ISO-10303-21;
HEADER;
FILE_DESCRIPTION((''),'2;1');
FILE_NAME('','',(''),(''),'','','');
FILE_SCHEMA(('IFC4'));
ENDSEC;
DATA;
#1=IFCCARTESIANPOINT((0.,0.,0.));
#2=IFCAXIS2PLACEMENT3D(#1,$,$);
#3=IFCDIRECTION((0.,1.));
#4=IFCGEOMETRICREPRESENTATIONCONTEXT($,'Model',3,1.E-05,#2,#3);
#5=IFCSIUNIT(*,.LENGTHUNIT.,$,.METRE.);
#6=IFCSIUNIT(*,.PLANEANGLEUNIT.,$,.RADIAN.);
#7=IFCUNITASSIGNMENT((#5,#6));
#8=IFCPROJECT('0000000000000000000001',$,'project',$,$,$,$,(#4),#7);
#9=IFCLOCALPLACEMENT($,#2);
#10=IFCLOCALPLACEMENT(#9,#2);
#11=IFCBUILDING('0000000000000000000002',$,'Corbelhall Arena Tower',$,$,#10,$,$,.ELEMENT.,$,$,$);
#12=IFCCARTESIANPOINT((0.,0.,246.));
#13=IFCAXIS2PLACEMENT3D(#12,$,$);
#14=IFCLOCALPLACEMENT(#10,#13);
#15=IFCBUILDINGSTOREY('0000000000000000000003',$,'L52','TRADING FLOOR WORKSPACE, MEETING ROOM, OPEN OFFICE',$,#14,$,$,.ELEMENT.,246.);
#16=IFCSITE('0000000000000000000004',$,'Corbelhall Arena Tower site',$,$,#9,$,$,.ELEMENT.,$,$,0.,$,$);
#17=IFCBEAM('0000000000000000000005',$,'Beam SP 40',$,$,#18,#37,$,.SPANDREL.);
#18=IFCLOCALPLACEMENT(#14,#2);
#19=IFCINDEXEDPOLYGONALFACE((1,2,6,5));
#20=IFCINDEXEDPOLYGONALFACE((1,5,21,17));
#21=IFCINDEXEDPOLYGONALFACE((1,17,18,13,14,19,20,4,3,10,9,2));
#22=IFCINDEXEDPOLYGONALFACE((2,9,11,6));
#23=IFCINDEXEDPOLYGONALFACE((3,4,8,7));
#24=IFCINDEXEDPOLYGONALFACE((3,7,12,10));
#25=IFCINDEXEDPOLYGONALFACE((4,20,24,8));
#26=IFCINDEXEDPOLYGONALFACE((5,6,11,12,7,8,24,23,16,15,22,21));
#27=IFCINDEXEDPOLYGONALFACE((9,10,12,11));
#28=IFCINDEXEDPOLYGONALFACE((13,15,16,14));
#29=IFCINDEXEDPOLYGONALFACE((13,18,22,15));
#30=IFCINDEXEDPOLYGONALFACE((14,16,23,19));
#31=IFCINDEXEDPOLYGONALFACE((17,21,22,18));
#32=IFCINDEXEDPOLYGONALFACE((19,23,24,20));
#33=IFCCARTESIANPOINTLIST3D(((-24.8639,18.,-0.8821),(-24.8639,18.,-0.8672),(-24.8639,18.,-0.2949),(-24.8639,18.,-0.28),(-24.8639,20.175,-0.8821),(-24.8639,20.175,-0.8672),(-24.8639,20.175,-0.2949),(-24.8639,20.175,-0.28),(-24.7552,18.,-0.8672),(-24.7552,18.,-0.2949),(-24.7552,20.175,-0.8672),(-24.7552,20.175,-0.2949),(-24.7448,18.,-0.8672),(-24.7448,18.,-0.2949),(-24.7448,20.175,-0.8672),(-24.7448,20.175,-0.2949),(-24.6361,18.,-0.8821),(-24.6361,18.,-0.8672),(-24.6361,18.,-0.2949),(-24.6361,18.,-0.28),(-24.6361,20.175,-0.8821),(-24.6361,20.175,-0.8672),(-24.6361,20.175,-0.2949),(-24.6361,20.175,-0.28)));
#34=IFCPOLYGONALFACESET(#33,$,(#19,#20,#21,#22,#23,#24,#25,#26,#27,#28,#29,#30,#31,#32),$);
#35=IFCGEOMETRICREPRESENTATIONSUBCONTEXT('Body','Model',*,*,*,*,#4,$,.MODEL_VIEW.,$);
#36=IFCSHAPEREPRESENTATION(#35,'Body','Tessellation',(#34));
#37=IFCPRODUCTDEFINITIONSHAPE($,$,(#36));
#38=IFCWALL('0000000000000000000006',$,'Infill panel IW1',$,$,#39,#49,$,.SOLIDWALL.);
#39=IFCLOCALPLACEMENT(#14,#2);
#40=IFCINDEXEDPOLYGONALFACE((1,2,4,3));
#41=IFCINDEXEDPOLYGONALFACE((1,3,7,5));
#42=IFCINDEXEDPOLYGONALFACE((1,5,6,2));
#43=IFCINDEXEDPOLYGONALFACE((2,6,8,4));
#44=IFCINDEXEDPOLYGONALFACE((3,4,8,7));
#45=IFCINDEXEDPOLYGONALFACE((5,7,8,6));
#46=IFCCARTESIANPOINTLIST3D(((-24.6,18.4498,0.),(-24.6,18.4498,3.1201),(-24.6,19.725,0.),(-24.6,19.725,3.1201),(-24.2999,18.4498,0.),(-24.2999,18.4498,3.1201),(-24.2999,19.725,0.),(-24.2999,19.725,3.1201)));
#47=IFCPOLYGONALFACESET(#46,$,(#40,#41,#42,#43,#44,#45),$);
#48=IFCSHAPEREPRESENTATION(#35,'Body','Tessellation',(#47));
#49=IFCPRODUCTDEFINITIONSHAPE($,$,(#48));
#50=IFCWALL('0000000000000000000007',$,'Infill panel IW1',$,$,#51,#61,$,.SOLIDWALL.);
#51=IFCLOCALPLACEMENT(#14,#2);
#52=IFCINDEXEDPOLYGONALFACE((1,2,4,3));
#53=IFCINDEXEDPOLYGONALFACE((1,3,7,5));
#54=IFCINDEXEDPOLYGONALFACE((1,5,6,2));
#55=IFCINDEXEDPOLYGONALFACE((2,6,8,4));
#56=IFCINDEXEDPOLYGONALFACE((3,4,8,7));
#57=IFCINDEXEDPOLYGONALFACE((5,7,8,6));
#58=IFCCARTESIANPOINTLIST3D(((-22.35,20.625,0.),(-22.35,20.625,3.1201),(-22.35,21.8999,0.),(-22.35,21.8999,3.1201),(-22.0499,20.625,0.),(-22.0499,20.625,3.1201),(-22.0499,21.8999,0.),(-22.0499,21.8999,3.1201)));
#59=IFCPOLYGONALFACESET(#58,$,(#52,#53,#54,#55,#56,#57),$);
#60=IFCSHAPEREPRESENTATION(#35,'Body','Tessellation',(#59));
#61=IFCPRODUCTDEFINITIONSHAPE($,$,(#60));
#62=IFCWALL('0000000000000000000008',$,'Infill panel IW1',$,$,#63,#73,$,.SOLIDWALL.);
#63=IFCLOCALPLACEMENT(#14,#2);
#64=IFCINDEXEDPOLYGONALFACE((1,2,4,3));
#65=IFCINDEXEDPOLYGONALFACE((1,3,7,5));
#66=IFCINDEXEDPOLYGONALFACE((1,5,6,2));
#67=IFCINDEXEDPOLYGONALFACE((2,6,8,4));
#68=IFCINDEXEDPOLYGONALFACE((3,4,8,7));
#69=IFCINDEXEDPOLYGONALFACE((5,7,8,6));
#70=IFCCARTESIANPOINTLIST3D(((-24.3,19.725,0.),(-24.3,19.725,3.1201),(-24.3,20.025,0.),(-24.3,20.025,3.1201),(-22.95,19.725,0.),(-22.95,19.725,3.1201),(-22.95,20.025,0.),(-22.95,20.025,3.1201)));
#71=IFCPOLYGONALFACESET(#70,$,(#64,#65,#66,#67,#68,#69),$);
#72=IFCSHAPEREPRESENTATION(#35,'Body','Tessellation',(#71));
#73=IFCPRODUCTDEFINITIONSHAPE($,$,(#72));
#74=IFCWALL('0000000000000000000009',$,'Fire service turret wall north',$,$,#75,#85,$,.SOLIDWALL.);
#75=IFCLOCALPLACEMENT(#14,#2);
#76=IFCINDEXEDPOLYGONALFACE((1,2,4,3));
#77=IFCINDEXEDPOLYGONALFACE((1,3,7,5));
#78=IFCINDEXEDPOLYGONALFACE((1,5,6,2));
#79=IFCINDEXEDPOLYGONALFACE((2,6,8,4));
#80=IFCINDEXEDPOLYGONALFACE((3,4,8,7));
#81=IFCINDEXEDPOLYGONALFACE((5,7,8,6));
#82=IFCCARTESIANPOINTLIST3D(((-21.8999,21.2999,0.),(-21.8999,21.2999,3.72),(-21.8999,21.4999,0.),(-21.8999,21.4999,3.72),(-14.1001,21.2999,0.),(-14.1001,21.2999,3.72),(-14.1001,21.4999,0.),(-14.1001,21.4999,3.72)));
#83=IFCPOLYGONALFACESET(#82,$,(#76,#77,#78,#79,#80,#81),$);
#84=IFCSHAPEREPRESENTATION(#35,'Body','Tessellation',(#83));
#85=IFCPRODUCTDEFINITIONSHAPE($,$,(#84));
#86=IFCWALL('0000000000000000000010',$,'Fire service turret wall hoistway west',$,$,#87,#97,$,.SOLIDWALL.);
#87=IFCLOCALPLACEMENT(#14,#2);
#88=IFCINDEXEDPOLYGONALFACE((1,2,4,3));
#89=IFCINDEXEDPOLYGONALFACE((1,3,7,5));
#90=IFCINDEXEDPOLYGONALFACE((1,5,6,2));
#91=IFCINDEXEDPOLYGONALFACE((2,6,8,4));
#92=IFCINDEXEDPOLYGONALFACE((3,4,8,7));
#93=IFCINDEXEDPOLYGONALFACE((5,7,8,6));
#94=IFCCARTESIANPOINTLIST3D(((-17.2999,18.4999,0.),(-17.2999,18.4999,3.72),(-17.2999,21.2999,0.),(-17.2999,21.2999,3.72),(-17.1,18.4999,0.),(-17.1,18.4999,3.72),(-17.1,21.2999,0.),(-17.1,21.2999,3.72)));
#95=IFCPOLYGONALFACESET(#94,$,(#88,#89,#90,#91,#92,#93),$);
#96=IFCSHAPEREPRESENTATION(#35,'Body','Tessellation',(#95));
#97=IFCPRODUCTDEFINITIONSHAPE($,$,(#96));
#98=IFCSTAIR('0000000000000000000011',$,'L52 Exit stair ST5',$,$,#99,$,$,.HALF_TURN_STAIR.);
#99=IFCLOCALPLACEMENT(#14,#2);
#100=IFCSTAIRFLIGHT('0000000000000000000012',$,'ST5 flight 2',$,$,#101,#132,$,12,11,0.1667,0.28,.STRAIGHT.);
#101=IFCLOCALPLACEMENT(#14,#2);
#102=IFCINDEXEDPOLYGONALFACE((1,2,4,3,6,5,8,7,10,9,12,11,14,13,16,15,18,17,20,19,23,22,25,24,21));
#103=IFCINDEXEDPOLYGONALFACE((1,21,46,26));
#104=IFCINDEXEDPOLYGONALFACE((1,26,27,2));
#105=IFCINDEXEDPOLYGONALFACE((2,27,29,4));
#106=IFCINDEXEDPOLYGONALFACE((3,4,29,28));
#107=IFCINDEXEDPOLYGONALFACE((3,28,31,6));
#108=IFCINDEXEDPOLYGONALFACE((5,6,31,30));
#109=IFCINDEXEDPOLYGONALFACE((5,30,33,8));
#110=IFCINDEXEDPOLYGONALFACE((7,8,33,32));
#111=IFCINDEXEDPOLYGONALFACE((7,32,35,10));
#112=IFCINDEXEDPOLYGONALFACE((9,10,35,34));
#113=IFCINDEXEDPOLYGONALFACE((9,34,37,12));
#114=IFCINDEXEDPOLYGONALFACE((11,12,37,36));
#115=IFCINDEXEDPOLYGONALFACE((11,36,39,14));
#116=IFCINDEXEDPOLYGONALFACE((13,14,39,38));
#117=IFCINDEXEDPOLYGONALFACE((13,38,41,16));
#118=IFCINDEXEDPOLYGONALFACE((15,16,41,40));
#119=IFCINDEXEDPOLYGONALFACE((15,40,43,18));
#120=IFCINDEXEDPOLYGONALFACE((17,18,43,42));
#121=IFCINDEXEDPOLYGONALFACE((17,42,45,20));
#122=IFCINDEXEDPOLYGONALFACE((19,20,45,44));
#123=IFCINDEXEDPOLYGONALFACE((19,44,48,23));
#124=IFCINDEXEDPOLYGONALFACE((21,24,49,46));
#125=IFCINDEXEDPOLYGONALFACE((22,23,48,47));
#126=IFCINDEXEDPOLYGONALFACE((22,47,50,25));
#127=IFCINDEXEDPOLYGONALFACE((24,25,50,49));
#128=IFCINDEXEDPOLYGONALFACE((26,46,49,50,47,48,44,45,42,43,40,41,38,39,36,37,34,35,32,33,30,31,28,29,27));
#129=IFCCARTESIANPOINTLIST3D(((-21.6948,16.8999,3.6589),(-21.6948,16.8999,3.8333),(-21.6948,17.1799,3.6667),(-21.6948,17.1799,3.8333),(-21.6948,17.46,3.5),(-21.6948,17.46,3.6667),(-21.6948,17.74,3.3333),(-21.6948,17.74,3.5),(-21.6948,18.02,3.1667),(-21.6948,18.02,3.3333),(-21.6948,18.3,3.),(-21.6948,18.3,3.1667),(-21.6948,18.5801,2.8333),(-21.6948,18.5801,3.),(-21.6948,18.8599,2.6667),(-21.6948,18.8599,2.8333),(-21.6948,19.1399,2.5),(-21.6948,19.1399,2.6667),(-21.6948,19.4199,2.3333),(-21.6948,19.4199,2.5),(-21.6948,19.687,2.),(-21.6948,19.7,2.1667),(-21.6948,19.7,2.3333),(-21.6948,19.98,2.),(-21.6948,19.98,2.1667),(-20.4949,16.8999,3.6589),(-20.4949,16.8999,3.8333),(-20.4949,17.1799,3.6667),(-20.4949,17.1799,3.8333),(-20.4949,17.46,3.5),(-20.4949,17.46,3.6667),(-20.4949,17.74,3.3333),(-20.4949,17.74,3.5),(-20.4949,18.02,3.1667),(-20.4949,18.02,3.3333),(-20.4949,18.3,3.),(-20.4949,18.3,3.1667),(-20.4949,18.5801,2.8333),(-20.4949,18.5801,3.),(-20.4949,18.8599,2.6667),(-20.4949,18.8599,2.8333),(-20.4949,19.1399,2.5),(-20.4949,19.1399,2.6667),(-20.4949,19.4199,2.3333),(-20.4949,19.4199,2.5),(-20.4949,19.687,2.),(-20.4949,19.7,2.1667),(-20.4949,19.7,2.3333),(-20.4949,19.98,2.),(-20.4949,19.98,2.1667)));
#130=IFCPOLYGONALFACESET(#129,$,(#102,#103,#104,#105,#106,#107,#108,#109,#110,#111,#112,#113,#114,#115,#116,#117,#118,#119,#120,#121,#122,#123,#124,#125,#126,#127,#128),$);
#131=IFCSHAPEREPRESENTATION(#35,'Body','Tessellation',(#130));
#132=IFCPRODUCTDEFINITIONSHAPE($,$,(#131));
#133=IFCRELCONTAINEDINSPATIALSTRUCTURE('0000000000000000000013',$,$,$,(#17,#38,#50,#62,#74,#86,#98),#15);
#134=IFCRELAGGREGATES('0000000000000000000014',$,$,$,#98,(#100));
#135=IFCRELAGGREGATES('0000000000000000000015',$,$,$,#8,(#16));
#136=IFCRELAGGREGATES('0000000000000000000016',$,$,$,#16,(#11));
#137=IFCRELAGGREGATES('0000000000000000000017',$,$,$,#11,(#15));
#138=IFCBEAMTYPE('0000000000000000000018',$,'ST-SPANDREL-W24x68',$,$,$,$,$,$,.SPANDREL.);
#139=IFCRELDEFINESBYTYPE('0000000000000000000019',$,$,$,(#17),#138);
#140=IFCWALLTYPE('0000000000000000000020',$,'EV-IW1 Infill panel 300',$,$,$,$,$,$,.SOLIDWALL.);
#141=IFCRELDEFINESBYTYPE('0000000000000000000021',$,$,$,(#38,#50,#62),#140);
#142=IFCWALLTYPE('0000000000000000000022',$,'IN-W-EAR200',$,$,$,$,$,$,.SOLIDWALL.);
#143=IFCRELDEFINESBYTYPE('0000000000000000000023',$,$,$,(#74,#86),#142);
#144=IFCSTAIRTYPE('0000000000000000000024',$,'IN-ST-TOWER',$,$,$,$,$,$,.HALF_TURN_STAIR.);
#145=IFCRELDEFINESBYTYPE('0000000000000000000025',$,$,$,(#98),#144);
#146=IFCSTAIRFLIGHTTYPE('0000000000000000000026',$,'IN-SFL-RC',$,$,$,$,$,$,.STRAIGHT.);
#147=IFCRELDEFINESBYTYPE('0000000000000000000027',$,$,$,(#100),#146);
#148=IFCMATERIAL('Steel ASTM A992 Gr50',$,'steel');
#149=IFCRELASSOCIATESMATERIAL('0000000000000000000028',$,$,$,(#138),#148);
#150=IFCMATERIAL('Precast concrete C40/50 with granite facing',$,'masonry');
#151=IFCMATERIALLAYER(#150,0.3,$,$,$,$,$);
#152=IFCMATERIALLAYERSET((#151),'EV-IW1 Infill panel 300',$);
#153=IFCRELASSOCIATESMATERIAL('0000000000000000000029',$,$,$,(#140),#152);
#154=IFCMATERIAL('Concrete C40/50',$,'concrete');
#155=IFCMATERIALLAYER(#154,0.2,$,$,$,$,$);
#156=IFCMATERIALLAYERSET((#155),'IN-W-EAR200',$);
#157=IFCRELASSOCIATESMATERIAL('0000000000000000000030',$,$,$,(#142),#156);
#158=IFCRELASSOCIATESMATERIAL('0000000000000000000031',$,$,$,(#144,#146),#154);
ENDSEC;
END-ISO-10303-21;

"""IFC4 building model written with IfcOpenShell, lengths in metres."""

from ifc_helpers import new_model, si_unit, direction, frame, frame_2d, origin, origin_2d, place, context, subcontext, project, spatial, polyline, rectangle, i_section, outline, extrude, material, layer, layer_set, material_profile, profile_set, type_object, element, aggregate, save


model = new_model("IFC4")

# Units and contexts
model_context = context("Model", 3, precision=1e-05, world=origin(), true_north=direction((0.0, 1.0)))
body_context = subcontext(model_context, "Body", "Model", "MODEL_VIEW")
ifc_project = project(units=[si_unit("LENGTHUNIT", "METRE"), si_unit("PLANEANGLEUNIT", "RADIAN")], contexts=[model_context])

# Site, building, storey
site_placement = place(None, origin())
site = spatial("IfcSite", under=ifc_project, at=site_placement, Name="Corbelhall Arena Tower site", CompositionType="ELEMENT", RefElevation=0.0)
building_placement = place(site_placement, origin())
building = spatial("IfcBuilding", under=site, at=building_placement, Name="Corbelhall Arena Tower", CompositionType="ELEMENT")
storey_placement = place(building_placement, frame((0.0, 0.0, 246.0)))
storey = spatial("IfcBuildingStorey", under=building, at=storey_placement, Name="L52", Description="TRADING FLOOR WORKSPACE, MEETING ROOM, OPEN OFFICE", CompositionType="ELEMENT", Elevation=246.0)

# Beam
ifc_material_1 = material(Name="Steel ASTM A992 Gr50", Category="steel")
ifc_material_profile_1 = material_profile(ifc_material_1, i_section(OverallWidth=0.2278, OverallDepth=0.6021, WebThickness=0.0105, FlangeThickness=0.0149, at=origin_2d()))
ifc_profile_set_1 = profile_set([ifc_material_profile_1], Name="Steel ASTM A992 Gr50")
beam_type = type_object("IfcBeamType", Name="ST-SPANDREL-W24x68", PredefinedType="SPANDREL", material=ifc_profile_set_1)
beam_1_placement = place(storey_placement, frame((-24.75, 18.0, -0.5811), z_axis=(0.0, 1.0, 0.0), x_axis=(-1.0, 0.0, 0.0)))
element("IfcBeam", 1, at=beam_1_placement, inside=storey, type_object=beam_type, Name="Beam SP 40", PredefinedType="SPANDREL", context=body_context, shape_type="SweptSolid", body=[
    extrude(i_section(OverallWidth=0.2278, OverallDepth=0.6021, WebThickness=0.0105, FlangeThickness=0.0149, at=origin_2d()), origin(), (0.0, 0.0, 1.0), 2.175),
])

# Wall
ifc_material_2 = material(Name="Precast concrete C40/50 with granite facing", Category="masonry")
ifc_layer_1 = layer(ifc_material_2, 0.3)
ifc_layer_set_1 = layer_set([ifc_layer_1], Name="EV-IW1 Infill panel 300")
wall_type_1 = type_object("IfcWallType", Name="EV-IW1 Infill panel 300", PredefinedType="SOLIDWALL", material=ifc_layer_set_1)
wall_1_placement = place(storey_placement, frame((-24.45, 19.7251, 0.0), z_axis=(0.0, 0.0, 1.0), x_axis=(0.0, -1.0, 0.0)))
element("IfcWall", 2, at=wall_1_placement, inside=storey, type_object=wall_type_1, Name="Infill panel IW1", PredefinedType="SOLIDWALL", context=body_context, shape_type="SweptSolid", body=[
    extrude(rectangle(XDim=1.2751, YDim=0.3, at=frame_2d((0.6377, 0.0))), origin(), (0.0, 0.0, 1.0), 3.1201),
])

# Walls
wall_2_placement = place(storey_placement, frame((-22.2, 21.8999, 0.0), z_axis=(0.0, 0.0, 1.0), x_axis=(0.0, -1.0, 0.0)))
element("IfcWall", 3, at=wall_2_placement, inside=storey, type_object=wall_type_1, Name="Infill panel IW1", PredefinedType="SOLIDWALL", context=body_context, shape_type="SweptSolid", body=[
    extrude(rectangle(XDim=1.2749, YDim=0.3, at=frame_2d((0.6375, 0.0))), origin(), (0.0, 0.0, 1.0), 3.1201),
])
wall_3_placement = place(storey_placement, frame((-22.95, 19.875, 0.0), z_axis=(0.0, 0.0, 1.0), x_axis=(-1.0, 0.0, 0.0)))
element("IfcWall", 4, at=wall_3_placement, inside=storey, type_object=wall_type_1, Name="Infill panel IW1", PredefinedType="SOLIDWALL", context=body_context, shape_type="SweptSolid", body=[
    extrude(rectangle(XDim=1.3501, YDim=0.3, at=frame_2d((0.675, 0.0))), origin(), (0.0, 0.0, 1.0), 3.1201),
])
ifc_material_3 = material(Name="Concrete C40/50", Category="concrete")
ifc_layer_2 = layer(ifc_material_3, 0.2)
ifc_layer_set_2 = layer_set([ifc_layer_2], Name="IN-W-EAR200")
wall_type_2 = type_object("IfcWallType", Name="IN-W-EAR200", PredefinedType="SOLIDWALL", material=ifc_layer_set_2)
wall_4_placement = place(storey_placement, frame((-21.8999, 21.3999, 0.0), z_axis=(0.0, 0.0, 1.0), x_axis=(1.0, 0.0, 0.0)))
element("IfcWall", 5, at=wall_4_placement, inside=storey, type_object=wall_type_2, Name="Fire service turret wall north", PredefinedType="SOLIDWALL", context=body_context, shape_type="SweptSolid", body=[
    extrude(rectangle(XDim=7.7998, YDim=0.2, at=frame_2d((3.8999, 0.0))), origin(), (0.0, 0.0, 1.0), 3.72),
])
wall_5_placement = place(storey_placement, frame((-17.2, 18.5, 0.0), z_axis=(0.0, 0.0, 1.0), x_axis=(0.0, 1.0, 0.0)))
element("IfcWall", 6, at=wall_5_placement, inside=storey, type_object=wall_type_2, Name="Fire service turret wall hoistway west", PredefinedType="SOLIDWALL", context=body_context, shape_type="SweptSolid", body=[
    extrude(rectangle(XDim=2.8, YDim=0.2, at=frame_2d((1.3999, 0.0))), origin(), (0.0, 0.0, 1.0), 3.72),
])

# Stair, stair flight
stair_type = type_object("IfcStairType", Name="IN-ST-TOWER", PredefinedType="HALF_TURN_STAIR", material=ifc_material_3)
stair_placement = place(storey_placement, origin())
stair = element("IfcStair", 7, at=stair_placement, inside=storey, type_object=stair_type, Name="L52 Exit stair ST5", PredefinedType="HALF_TURN_STAIR")
stair_flight_type = type_object("IfcStairFlightType", Name="IN-SFL-RC", PredefinedType="STRAIGHT", material=ifc_material_3)
stair_flight_placement = place(storey_placement, frame((-21.095, 19.98, 2.0), z_axis=(0.0, 0.0, 1.0), x_axis=(0.0, -1.0, 0.0)))
stair_flight = element("IfcStairFlight", 8, at=stair_flight_placement, type_object=stair_flight_type, Name="ST5 flight 2", NumberOfRisers=12, NumberOfTreads=11, PredefinedType="STRAIGHT", RiserHeight=0.1667, TreadLength=0.28, context=body_context, shape_type="SweptSolid", body=[
    extrude(outline(polyline([(0.0, 0.0), (0.0, 0.1667), (0.28, 0.1667), (0.28, 0.3333), (0.5601, 0.3333), (0.5601, 0.5), (0.8401, 0.5), (0.8401, 0.6667), (1.1201, 0.6667), (1.1201, 0.8333), (1.3999, 0.8333), (1.3999, 1.0), (1.6799, 1.0), (1.6799, 1.1667), (1.96, 1.1667), (1.96, 1.3333), (2.24, 1.3333), (2.24, 1.5), (2.52, 1.5), (2.52, 1.6667), (2.8, 1.6667), (2.8, 1.8333), (3.0801, 1.8333), (3.0801, 2.0), (3.0801, 1.6589), (0.293, 0.0), (0.0, 0.0)])), frame((0.0, 0.6001, 0.0), z_axis=(0.0, -1.0, 0.0), x_axis=(1.0, 0.0, 0.0)), (0.0, 0.0, 1.0), 1.2),
])
aggregate(stair, [stair_flight])

save(model, "model.ifc")
